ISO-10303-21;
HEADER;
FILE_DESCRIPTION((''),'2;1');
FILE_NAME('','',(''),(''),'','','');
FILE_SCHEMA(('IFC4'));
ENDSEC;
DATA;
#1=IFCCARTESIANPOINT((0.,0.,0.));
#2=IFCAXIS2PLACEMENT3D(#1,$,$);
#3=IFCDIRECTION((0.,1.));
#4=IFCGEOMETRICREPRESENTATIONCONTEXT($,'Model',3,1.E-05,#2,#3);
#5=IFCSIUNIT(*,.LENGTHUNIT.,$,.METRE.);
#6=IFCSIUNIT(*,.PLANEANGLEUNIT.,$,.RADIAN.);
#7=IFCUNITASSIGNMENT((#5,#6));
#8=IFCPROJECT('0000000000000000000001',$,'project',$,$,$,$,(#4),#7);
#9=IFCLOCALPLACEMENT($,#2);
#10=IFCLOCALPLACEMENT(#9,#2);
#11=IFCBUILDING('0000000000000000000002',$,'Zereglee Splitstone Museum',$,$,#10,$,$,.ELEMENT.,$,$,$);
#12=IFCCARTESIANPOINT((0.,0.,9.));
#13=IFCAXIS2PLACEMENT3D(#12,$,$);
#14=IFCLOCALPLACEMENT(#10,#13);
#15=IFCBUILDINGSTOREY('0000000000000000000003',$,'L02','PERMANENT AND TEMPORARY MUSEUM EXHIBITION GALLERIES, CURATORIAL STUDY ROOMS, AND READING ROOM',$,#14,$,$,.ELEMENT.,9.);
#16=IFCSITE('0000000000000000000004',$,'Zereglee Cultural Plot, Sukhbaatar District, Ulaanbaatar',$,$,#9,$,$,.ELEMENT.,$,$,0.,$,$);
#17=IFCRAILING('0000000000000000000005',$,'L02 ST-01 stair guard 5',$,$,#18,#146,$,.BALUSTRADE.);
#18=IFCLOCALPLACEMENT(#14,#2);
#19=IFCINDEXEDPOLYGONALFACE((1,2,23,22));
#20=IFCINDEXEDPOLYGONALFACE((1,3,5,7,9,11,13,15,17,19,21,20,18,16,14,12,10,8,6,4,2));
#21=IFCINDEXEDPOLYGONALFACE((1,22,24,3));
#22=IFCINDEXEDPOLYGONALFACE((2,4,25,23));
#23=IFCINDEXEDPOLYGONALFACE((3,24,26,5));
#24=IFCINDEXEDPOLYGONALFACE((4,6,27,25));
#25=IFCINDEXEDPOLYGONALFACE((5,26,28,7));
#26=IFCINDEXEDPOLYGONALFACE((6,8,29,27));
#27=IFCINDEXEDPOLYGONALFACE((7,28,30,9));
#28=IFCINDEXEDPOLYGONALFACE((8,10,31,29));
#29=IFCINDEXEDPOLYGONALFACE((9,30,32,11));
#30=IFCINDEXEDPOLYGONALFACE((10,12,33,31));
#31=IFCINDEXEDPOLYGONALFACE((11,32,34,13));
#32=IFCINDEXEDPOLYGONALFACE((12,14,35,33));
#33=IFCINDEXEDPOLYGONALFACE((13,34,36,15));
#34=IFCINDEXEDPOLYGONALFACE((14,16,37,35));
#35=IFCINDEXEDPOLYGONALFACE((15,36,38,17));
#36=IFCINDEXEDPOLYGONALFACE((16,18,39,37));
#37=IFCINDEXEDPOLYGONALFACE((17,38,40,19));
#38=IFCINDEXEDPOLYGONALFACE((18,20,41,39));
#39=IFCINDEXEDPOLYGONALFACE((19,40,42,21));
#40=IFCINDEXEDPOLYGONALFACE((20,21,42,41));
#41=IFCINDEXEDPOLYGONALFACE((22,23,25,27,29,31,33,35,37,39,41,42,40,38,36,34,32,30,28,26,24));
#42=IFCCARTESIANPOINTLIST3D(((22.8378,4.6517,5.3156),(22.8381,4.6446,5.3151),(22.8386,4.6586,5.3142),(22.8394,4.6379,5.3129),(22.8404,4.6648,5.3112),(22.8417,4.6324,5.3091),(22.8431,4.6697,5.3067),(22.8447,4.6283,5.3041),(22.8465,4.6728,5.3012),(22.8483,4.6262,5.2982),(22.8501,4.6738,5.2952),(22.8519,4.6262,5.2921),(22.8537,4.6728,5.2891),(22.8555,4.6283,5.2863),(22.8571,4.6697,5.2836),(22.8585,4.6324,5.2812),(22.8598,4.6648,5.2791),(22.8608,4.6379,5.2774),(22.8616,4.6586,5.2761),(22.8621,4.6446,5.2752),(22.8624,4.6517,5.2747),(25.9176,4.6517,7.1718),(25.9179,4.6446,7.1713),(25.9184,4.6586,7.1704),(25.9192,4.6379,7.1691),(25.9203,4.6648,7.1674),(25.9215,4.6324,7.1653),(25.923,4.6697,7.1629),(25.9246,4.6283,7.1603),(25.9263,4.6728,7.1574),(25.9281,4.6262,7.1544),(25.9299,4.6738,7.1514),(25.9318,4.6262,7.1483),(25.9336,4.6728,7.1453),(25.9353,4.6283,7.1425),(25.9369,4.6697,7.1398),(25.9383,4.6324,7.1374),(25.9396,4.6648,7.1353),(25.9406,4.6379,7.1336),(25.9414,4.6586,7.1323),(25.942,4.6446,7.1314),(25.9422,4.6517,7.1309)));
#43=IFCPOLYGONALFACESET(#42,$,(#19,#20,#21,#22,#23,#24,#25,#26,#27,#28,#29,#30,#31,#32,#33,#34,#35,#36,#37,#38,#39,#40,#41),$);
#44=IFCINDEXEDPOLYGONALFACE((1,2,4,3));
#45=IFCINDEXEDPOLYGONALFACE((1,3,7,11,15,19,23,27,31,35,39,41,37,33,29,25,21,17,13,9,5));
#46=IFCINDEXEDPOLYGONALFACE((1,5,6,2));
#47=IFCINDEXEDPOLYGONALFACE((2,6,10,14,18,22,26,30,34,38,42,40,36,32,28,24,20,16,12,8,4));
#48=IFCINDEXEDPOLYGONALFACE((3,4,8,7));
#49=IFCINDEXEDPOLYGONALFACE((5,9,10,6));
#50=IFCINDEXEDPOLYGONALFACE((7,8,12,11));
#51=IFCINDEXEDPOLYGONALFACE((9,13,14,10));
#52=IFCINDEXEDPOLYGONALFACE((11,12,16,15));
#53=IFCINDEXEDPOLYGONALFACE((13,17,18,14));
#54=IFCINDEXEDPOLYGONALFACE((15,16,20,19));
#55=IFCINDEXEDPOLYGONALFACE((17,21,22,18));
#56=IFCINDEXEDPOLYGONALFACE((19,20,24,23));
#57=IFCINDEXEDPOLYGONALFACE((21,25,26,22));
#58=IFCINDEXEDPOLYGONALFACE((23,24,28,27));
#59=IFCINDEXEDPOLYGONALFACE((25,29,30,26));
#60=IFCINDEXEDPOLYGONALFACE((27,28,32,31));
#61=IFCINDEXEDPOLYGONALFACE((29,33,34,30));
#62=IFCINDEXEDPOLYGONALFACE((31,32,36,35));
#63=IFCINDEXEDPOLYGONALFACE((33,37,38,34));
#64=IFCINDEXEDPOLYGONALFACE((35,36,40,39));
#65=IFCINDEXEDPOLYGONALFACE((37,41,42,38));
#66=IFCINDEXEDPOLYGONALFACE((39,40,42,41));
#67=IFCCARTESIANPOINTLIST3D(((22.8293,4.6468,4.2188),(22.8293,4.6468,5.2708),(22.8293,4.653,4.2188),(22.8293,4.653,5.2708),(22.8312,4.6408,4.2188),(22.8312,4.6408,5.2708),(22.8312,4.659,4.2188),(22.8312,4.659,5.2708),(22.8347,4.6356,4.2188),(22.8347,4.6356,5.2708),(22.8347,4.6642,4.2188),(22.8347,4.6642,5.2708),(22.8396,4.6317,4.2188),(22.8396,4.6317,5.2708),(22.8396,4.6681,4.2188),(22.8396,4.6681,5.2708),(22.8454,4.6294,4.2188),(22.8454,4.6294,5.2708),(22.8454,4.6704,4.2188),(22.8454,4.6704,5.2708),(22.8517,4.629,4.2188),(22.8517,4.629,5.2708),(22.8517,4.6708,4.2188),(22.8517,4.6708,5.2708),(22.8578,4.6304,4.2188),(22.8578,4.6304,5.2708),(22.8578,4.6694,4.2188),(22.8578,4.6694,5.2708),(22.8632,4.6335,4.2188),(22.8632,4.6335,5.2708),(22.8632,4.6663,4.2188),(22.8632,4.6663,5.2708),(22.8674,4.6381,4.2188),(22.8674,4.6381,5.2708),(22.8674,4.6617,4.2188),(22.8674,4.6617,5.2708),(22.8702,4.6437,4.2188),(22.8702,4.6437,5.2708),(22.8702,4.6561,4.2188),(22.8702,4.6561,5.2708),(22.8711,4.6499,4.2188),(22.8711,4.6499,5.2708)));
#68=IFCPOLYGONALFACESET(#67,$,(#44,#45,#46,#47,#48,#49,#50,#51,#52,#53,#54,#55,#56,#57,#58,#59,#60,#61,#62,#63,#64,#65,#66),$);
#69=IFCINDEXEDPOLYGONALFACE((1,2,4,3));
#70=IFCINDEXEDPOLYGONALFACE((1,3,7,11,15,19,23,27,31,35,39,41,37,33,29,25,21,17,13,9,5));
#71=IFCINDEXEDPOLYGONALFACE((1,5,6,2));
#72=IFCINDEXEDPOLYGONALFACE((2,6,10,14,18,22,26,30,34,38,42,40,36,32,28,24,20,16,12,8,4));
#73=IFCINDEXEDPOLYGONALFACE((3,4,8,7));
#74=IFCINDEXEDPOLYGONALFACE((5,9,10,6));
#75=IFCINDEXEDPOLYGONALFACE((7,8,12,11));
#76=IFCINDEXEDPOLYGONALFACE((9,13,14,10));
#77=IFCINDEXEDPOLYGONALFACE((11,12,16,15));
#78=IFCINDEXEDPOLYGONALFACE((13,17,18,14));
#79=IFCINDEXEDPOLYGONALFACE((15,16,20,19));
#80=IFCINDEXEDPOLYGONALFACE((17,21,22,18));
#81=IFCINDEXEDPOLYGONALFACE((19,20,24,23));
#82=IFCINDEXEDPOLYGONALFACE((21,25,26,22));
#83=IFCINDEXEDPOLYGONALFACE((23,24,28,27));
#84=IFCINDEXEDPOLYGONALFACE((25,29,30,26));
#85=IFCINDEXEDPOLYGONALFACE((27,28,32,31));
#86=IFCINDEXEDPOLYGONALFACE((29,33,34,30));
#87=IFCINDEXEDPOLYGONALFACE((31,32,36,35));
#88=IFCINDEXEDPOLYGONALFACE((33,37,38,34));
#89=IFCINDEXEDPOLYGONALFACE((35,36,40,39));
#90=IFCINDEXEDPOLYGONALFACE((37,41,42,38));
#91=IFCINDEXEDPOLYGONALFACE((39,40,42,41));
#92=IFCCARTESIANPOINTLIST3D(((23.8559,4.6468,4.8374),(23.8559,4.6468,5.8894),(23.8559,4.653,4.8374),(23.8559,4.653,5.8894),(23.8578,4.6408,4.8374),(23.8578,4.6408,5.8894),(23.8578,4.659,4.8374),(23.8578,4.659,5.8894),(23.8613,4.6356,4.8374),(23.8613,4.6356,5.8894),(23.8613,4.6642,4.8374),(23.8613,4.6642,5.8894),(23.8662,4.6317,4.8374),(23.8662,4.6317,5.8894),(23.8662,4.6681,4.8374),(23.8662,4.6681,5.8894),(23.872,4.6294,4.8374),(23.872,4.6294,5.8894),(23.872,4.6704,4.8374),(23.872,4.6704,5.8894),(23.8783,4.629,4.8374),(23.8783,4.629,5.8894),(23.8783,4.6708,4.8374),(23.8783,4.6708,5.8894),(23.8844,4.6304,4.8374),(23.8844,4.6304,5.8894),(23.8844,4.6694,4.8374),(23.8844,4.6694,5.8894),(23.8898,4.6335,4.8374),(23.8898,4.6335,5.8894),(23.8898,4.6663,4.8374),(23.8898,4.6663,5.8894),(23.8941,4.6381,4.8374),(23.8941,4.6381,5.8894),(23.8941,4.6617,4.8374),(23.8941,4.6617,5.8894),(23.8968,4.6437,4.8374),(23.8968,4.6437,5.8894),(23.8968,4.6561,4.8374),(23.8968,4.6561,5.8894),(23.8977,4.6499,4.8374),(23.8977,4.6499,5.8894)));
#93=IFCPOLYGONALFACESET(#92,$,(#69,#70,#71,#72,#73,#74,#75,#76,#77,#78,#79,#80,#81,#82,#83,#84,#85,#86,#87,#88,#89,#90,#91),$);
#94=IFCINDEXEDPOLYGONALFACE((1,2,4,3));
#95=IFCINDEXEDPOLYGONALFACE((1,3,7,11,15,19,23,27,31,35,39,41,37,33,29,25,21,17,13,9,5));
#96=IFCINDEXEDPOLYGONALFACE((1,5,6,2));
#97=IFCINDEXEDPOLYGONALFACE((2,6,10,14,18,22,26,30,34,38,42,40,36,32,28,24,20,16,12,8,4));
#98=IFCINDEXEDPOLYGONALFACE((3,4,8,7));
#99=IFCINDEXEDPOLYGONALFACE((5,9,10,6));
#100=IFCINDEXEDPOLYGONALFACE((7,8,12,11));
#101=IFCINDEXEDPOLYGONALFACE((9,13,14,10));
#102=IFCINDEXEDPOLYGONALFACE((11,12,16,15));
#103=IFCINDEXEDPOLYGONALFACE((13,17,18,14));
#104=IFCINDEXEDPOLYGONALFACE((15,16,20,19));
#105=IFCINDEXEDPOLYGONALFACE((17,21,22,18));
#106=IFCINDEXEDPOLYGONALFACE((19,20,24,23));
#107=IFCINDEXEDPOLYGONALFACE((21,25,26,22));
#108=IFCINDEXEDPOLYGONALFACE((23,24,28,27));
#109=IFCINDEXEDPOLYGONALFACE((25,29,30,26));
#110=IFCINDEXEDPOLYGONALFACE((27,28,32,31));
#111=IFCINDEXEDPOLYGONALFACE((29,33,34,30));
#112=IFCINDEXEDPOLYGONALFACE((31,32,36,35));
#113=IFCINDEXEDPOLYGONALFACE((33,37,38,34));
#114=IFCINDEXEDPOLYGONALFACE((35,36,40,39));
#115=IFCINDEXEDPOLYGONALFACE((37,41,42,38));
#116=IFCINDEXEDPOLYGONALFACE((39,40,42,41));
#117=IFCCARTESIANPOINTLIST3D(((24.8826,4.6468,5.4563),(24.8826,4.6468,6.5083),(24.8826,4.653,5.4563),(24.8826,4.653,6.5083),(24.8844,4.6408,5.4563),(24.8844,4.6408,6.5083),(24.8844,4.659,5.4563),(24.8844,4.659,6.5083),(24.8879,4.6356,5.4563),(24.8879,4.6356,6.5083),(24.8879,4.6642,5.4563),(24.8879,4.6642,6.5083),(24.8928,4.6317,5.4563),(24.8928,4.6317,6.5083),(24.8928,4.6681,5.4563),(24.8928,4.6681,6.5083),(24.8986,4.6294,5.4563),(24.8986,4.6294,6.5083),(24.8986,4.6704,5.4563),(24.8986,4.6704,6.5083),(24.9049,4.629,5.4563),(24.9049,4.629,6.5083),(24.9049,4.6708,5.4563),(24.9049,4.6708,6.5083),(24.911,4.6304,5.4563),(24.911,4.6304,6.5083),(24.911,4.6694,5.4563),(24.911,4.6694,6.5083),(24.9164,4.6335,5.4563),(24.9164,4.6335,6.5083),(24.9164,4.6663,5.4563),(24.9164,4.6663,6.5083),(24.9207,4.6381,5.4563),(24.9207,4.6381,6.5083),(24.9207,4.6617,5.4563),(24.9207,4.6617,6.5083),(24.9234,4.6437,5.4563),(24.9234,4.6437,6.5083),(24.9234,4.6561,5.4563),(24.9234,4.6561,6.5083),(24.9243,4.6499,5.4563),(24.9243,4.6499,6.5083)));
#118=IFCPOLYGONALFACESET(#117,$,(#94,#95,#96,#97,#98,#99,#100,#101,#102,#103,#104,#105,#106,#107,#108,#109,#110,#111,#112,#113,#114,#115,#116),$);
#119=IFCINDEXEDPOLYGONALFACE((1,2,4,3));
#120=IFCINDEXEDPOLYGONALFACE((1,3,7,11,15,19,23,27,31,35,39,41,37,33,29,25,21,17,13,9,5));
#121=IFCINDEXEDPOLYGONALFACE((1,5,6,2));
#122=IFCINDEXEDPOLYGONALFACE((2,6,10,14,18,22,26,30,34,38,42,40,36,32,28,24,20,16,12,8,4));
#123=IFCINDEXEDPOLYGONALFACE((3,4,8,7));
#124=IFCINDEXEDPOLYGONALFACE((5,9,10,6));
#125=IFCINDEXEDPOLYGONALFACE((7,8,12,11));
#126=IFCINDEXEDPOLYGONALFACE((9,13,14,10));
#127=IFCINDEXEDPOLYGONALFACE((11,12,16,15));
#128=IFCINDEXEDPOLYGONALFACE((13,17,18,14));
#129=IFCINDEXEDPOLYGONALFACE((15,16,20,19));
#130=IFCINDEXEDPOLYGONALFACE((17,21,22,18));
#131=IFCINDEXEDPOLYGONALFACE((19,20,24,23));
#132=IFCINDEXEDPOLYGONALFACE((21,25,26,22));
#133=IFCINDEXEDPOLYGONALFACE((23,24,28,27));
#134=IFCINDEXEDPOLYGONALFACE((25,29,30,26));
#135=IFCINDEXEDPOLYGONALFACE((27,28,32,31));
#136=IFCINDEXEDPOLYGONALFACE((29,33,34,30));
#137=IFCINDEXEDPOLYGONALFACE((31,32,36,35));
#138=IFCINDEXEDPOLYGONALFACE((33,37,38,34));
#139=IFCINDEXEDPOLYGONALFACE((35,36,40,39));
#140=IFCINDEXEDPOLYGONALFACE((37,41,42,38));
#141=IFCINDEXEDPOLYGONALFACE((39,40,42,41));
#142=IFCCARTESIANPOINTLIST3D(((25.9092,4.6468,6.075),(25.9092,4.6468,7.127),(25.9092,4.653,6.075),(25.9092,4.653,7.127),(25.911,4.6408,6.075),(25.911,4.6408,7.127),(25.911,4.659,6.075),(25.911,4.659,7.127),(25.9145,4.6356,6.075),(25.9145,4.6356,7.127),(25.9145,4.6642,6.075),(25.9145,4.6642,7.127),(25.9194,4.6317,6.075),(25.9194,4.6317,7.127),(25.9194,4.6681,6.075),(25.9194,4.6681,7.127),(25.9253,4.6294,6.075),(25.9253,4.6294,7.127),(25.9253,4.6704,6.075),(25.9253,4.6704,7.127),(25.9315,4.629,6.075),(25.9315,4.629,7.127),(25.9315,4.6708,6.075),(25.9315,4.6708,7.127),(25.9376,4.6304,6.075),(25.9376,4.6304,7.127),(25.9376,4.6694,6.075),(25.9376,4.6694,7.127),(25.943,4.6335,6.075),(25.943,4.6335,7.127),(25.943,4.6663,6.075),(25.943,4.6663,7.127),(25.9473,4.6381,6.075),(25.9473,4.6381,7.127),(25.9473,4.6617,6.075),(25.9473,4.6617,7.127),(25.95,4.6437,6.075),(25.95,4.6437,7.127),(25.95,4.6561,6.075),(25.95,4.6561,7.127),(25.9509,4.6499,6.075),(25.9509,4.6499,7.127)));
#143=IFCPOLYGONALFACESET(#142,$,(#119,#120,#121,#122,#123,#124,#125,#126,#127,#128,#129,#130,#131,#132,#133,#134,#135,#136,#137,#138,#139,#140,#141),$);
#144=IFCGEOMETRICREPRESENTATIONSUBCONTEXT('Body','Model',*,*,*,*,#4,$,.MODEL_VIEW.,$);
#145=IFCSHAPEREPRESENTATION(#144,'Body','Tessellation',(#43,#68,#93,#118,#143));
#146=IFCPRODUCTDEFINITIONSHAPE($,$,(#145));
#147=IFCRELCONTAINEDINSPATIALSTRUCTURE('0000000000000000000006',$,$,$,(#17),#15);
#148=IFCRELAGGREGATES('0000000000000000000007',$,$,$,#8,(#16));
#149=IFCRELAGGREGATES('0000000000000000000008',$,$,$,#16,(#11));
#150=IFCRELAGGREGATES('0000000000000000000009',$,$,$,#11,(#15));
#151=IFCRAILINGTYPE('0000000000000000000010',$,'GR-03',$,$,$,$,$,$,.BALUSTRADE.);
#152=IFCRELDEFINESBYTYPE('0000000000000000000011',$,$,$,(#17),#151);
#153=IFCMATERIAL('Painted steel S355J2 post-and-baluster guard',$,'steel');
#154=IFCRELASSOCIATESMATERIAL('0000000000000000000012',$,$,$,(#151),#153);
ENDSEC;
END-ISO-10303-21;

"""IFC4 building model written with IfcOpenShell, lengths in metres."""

from ifc_helpers import new_model, si_unit, direction, frame, origin, origin_2d, place, context, subcontext, project, spatial, circle, extrude, material, type_object, element, save


model = new_model("IFC4")

# Units and contexts
model_context = context("Model", 3, precision=1e-05, world=origin(), true_north=direction((0.0, 1.0)))
body_context = subcontext(model_context, "Body", "Model", "MODEL_VIEW")
ifc_project = project(units=[si_unit("LENGTHUNIT", "METRE"), si_unit("PLANEANGLEUNIT", "RADIAN")], contexts=[model_context])

# Site, building, storey
site_placement = place(None, origin())
site = spatial("IfcSite", under=ifc_project, at=site_placement, Name="Zereglee Cultural Plot, Sukhbaatar District, Ulaanbaatar", CompositionType="ELEMENT", RefElevation=0.0)
building_placement = place(site_placement, origin())
building = spatial("IfcBuilding", under=site, at=building_placement, Name="Zereglee Splitstone Museum", CompositionType="ELEMENT")
storey_placement = place(building_placement, frame((0.0, 0.0, 9.0)))
storey = spatial("IfcBuildingStorey", under=building, at=storey_placement, Name="L02", Description="PERMANENT AND TEMPORARY MUSEUM EXHIBITION GALLERIES, CURATORIAL STUDY ROOMS, AND READING ROOM", CompositionType="ELEMENT", Elevation=9.0)

# Railing
ifc_material_1 = material(Name="Painted steel S355J2 post-and-baluster guard", Category="steel")
railing_type_1 = type_object("IfcRailingType", Name="GR-03", PredefinedType="BALUSTRADE", material=ifc_material_1)
railing_1_placement = place(storey_placement, frame((22.8501, 4.6499, 4.2188)))
element("IfcRailing", 1, at=railing_1_placement, inside=storey, type_object=railing_type_1, Name="L02 ST-01 stair guard 5", PredefinedType="BALUSTRADE", context=body_context, shape_type="SweptSolid", body=[
    extrude(circle(Radius=0.0239, at=origin_2d()), frame((0.0, 0.0, 1.0764), z_axis=(0.856473, 0.0, 0.516192), x_axis=(0.0, 1.0, 0.0)), (0.0, 0.0, 1.0), 3.5959),
    extrude(circle(Radius=0.021, at=origin_2d()), origin(), (0.0, 0.0, 1.0), 1.052),
    extrude(circle(Radius=0.021, at=origin_2d()), frame((1.0266, 0.0, 0.6187)), (0.0, 0.0, 1.0), 1.052),
    extrude(circle(Radius=0.021, at=origin_2d()), frame((2.0532, 0.0, 1.2375)), (0.0, 0.0, 1.0), 1.052),
    extrude(circle(Radius=0.021, at=origin_2d()), frame((3.0798, 0.0, 1.8562)), (0.0, 0.0, 1.0), 1.052),
])

save(model, "model.ifc")
